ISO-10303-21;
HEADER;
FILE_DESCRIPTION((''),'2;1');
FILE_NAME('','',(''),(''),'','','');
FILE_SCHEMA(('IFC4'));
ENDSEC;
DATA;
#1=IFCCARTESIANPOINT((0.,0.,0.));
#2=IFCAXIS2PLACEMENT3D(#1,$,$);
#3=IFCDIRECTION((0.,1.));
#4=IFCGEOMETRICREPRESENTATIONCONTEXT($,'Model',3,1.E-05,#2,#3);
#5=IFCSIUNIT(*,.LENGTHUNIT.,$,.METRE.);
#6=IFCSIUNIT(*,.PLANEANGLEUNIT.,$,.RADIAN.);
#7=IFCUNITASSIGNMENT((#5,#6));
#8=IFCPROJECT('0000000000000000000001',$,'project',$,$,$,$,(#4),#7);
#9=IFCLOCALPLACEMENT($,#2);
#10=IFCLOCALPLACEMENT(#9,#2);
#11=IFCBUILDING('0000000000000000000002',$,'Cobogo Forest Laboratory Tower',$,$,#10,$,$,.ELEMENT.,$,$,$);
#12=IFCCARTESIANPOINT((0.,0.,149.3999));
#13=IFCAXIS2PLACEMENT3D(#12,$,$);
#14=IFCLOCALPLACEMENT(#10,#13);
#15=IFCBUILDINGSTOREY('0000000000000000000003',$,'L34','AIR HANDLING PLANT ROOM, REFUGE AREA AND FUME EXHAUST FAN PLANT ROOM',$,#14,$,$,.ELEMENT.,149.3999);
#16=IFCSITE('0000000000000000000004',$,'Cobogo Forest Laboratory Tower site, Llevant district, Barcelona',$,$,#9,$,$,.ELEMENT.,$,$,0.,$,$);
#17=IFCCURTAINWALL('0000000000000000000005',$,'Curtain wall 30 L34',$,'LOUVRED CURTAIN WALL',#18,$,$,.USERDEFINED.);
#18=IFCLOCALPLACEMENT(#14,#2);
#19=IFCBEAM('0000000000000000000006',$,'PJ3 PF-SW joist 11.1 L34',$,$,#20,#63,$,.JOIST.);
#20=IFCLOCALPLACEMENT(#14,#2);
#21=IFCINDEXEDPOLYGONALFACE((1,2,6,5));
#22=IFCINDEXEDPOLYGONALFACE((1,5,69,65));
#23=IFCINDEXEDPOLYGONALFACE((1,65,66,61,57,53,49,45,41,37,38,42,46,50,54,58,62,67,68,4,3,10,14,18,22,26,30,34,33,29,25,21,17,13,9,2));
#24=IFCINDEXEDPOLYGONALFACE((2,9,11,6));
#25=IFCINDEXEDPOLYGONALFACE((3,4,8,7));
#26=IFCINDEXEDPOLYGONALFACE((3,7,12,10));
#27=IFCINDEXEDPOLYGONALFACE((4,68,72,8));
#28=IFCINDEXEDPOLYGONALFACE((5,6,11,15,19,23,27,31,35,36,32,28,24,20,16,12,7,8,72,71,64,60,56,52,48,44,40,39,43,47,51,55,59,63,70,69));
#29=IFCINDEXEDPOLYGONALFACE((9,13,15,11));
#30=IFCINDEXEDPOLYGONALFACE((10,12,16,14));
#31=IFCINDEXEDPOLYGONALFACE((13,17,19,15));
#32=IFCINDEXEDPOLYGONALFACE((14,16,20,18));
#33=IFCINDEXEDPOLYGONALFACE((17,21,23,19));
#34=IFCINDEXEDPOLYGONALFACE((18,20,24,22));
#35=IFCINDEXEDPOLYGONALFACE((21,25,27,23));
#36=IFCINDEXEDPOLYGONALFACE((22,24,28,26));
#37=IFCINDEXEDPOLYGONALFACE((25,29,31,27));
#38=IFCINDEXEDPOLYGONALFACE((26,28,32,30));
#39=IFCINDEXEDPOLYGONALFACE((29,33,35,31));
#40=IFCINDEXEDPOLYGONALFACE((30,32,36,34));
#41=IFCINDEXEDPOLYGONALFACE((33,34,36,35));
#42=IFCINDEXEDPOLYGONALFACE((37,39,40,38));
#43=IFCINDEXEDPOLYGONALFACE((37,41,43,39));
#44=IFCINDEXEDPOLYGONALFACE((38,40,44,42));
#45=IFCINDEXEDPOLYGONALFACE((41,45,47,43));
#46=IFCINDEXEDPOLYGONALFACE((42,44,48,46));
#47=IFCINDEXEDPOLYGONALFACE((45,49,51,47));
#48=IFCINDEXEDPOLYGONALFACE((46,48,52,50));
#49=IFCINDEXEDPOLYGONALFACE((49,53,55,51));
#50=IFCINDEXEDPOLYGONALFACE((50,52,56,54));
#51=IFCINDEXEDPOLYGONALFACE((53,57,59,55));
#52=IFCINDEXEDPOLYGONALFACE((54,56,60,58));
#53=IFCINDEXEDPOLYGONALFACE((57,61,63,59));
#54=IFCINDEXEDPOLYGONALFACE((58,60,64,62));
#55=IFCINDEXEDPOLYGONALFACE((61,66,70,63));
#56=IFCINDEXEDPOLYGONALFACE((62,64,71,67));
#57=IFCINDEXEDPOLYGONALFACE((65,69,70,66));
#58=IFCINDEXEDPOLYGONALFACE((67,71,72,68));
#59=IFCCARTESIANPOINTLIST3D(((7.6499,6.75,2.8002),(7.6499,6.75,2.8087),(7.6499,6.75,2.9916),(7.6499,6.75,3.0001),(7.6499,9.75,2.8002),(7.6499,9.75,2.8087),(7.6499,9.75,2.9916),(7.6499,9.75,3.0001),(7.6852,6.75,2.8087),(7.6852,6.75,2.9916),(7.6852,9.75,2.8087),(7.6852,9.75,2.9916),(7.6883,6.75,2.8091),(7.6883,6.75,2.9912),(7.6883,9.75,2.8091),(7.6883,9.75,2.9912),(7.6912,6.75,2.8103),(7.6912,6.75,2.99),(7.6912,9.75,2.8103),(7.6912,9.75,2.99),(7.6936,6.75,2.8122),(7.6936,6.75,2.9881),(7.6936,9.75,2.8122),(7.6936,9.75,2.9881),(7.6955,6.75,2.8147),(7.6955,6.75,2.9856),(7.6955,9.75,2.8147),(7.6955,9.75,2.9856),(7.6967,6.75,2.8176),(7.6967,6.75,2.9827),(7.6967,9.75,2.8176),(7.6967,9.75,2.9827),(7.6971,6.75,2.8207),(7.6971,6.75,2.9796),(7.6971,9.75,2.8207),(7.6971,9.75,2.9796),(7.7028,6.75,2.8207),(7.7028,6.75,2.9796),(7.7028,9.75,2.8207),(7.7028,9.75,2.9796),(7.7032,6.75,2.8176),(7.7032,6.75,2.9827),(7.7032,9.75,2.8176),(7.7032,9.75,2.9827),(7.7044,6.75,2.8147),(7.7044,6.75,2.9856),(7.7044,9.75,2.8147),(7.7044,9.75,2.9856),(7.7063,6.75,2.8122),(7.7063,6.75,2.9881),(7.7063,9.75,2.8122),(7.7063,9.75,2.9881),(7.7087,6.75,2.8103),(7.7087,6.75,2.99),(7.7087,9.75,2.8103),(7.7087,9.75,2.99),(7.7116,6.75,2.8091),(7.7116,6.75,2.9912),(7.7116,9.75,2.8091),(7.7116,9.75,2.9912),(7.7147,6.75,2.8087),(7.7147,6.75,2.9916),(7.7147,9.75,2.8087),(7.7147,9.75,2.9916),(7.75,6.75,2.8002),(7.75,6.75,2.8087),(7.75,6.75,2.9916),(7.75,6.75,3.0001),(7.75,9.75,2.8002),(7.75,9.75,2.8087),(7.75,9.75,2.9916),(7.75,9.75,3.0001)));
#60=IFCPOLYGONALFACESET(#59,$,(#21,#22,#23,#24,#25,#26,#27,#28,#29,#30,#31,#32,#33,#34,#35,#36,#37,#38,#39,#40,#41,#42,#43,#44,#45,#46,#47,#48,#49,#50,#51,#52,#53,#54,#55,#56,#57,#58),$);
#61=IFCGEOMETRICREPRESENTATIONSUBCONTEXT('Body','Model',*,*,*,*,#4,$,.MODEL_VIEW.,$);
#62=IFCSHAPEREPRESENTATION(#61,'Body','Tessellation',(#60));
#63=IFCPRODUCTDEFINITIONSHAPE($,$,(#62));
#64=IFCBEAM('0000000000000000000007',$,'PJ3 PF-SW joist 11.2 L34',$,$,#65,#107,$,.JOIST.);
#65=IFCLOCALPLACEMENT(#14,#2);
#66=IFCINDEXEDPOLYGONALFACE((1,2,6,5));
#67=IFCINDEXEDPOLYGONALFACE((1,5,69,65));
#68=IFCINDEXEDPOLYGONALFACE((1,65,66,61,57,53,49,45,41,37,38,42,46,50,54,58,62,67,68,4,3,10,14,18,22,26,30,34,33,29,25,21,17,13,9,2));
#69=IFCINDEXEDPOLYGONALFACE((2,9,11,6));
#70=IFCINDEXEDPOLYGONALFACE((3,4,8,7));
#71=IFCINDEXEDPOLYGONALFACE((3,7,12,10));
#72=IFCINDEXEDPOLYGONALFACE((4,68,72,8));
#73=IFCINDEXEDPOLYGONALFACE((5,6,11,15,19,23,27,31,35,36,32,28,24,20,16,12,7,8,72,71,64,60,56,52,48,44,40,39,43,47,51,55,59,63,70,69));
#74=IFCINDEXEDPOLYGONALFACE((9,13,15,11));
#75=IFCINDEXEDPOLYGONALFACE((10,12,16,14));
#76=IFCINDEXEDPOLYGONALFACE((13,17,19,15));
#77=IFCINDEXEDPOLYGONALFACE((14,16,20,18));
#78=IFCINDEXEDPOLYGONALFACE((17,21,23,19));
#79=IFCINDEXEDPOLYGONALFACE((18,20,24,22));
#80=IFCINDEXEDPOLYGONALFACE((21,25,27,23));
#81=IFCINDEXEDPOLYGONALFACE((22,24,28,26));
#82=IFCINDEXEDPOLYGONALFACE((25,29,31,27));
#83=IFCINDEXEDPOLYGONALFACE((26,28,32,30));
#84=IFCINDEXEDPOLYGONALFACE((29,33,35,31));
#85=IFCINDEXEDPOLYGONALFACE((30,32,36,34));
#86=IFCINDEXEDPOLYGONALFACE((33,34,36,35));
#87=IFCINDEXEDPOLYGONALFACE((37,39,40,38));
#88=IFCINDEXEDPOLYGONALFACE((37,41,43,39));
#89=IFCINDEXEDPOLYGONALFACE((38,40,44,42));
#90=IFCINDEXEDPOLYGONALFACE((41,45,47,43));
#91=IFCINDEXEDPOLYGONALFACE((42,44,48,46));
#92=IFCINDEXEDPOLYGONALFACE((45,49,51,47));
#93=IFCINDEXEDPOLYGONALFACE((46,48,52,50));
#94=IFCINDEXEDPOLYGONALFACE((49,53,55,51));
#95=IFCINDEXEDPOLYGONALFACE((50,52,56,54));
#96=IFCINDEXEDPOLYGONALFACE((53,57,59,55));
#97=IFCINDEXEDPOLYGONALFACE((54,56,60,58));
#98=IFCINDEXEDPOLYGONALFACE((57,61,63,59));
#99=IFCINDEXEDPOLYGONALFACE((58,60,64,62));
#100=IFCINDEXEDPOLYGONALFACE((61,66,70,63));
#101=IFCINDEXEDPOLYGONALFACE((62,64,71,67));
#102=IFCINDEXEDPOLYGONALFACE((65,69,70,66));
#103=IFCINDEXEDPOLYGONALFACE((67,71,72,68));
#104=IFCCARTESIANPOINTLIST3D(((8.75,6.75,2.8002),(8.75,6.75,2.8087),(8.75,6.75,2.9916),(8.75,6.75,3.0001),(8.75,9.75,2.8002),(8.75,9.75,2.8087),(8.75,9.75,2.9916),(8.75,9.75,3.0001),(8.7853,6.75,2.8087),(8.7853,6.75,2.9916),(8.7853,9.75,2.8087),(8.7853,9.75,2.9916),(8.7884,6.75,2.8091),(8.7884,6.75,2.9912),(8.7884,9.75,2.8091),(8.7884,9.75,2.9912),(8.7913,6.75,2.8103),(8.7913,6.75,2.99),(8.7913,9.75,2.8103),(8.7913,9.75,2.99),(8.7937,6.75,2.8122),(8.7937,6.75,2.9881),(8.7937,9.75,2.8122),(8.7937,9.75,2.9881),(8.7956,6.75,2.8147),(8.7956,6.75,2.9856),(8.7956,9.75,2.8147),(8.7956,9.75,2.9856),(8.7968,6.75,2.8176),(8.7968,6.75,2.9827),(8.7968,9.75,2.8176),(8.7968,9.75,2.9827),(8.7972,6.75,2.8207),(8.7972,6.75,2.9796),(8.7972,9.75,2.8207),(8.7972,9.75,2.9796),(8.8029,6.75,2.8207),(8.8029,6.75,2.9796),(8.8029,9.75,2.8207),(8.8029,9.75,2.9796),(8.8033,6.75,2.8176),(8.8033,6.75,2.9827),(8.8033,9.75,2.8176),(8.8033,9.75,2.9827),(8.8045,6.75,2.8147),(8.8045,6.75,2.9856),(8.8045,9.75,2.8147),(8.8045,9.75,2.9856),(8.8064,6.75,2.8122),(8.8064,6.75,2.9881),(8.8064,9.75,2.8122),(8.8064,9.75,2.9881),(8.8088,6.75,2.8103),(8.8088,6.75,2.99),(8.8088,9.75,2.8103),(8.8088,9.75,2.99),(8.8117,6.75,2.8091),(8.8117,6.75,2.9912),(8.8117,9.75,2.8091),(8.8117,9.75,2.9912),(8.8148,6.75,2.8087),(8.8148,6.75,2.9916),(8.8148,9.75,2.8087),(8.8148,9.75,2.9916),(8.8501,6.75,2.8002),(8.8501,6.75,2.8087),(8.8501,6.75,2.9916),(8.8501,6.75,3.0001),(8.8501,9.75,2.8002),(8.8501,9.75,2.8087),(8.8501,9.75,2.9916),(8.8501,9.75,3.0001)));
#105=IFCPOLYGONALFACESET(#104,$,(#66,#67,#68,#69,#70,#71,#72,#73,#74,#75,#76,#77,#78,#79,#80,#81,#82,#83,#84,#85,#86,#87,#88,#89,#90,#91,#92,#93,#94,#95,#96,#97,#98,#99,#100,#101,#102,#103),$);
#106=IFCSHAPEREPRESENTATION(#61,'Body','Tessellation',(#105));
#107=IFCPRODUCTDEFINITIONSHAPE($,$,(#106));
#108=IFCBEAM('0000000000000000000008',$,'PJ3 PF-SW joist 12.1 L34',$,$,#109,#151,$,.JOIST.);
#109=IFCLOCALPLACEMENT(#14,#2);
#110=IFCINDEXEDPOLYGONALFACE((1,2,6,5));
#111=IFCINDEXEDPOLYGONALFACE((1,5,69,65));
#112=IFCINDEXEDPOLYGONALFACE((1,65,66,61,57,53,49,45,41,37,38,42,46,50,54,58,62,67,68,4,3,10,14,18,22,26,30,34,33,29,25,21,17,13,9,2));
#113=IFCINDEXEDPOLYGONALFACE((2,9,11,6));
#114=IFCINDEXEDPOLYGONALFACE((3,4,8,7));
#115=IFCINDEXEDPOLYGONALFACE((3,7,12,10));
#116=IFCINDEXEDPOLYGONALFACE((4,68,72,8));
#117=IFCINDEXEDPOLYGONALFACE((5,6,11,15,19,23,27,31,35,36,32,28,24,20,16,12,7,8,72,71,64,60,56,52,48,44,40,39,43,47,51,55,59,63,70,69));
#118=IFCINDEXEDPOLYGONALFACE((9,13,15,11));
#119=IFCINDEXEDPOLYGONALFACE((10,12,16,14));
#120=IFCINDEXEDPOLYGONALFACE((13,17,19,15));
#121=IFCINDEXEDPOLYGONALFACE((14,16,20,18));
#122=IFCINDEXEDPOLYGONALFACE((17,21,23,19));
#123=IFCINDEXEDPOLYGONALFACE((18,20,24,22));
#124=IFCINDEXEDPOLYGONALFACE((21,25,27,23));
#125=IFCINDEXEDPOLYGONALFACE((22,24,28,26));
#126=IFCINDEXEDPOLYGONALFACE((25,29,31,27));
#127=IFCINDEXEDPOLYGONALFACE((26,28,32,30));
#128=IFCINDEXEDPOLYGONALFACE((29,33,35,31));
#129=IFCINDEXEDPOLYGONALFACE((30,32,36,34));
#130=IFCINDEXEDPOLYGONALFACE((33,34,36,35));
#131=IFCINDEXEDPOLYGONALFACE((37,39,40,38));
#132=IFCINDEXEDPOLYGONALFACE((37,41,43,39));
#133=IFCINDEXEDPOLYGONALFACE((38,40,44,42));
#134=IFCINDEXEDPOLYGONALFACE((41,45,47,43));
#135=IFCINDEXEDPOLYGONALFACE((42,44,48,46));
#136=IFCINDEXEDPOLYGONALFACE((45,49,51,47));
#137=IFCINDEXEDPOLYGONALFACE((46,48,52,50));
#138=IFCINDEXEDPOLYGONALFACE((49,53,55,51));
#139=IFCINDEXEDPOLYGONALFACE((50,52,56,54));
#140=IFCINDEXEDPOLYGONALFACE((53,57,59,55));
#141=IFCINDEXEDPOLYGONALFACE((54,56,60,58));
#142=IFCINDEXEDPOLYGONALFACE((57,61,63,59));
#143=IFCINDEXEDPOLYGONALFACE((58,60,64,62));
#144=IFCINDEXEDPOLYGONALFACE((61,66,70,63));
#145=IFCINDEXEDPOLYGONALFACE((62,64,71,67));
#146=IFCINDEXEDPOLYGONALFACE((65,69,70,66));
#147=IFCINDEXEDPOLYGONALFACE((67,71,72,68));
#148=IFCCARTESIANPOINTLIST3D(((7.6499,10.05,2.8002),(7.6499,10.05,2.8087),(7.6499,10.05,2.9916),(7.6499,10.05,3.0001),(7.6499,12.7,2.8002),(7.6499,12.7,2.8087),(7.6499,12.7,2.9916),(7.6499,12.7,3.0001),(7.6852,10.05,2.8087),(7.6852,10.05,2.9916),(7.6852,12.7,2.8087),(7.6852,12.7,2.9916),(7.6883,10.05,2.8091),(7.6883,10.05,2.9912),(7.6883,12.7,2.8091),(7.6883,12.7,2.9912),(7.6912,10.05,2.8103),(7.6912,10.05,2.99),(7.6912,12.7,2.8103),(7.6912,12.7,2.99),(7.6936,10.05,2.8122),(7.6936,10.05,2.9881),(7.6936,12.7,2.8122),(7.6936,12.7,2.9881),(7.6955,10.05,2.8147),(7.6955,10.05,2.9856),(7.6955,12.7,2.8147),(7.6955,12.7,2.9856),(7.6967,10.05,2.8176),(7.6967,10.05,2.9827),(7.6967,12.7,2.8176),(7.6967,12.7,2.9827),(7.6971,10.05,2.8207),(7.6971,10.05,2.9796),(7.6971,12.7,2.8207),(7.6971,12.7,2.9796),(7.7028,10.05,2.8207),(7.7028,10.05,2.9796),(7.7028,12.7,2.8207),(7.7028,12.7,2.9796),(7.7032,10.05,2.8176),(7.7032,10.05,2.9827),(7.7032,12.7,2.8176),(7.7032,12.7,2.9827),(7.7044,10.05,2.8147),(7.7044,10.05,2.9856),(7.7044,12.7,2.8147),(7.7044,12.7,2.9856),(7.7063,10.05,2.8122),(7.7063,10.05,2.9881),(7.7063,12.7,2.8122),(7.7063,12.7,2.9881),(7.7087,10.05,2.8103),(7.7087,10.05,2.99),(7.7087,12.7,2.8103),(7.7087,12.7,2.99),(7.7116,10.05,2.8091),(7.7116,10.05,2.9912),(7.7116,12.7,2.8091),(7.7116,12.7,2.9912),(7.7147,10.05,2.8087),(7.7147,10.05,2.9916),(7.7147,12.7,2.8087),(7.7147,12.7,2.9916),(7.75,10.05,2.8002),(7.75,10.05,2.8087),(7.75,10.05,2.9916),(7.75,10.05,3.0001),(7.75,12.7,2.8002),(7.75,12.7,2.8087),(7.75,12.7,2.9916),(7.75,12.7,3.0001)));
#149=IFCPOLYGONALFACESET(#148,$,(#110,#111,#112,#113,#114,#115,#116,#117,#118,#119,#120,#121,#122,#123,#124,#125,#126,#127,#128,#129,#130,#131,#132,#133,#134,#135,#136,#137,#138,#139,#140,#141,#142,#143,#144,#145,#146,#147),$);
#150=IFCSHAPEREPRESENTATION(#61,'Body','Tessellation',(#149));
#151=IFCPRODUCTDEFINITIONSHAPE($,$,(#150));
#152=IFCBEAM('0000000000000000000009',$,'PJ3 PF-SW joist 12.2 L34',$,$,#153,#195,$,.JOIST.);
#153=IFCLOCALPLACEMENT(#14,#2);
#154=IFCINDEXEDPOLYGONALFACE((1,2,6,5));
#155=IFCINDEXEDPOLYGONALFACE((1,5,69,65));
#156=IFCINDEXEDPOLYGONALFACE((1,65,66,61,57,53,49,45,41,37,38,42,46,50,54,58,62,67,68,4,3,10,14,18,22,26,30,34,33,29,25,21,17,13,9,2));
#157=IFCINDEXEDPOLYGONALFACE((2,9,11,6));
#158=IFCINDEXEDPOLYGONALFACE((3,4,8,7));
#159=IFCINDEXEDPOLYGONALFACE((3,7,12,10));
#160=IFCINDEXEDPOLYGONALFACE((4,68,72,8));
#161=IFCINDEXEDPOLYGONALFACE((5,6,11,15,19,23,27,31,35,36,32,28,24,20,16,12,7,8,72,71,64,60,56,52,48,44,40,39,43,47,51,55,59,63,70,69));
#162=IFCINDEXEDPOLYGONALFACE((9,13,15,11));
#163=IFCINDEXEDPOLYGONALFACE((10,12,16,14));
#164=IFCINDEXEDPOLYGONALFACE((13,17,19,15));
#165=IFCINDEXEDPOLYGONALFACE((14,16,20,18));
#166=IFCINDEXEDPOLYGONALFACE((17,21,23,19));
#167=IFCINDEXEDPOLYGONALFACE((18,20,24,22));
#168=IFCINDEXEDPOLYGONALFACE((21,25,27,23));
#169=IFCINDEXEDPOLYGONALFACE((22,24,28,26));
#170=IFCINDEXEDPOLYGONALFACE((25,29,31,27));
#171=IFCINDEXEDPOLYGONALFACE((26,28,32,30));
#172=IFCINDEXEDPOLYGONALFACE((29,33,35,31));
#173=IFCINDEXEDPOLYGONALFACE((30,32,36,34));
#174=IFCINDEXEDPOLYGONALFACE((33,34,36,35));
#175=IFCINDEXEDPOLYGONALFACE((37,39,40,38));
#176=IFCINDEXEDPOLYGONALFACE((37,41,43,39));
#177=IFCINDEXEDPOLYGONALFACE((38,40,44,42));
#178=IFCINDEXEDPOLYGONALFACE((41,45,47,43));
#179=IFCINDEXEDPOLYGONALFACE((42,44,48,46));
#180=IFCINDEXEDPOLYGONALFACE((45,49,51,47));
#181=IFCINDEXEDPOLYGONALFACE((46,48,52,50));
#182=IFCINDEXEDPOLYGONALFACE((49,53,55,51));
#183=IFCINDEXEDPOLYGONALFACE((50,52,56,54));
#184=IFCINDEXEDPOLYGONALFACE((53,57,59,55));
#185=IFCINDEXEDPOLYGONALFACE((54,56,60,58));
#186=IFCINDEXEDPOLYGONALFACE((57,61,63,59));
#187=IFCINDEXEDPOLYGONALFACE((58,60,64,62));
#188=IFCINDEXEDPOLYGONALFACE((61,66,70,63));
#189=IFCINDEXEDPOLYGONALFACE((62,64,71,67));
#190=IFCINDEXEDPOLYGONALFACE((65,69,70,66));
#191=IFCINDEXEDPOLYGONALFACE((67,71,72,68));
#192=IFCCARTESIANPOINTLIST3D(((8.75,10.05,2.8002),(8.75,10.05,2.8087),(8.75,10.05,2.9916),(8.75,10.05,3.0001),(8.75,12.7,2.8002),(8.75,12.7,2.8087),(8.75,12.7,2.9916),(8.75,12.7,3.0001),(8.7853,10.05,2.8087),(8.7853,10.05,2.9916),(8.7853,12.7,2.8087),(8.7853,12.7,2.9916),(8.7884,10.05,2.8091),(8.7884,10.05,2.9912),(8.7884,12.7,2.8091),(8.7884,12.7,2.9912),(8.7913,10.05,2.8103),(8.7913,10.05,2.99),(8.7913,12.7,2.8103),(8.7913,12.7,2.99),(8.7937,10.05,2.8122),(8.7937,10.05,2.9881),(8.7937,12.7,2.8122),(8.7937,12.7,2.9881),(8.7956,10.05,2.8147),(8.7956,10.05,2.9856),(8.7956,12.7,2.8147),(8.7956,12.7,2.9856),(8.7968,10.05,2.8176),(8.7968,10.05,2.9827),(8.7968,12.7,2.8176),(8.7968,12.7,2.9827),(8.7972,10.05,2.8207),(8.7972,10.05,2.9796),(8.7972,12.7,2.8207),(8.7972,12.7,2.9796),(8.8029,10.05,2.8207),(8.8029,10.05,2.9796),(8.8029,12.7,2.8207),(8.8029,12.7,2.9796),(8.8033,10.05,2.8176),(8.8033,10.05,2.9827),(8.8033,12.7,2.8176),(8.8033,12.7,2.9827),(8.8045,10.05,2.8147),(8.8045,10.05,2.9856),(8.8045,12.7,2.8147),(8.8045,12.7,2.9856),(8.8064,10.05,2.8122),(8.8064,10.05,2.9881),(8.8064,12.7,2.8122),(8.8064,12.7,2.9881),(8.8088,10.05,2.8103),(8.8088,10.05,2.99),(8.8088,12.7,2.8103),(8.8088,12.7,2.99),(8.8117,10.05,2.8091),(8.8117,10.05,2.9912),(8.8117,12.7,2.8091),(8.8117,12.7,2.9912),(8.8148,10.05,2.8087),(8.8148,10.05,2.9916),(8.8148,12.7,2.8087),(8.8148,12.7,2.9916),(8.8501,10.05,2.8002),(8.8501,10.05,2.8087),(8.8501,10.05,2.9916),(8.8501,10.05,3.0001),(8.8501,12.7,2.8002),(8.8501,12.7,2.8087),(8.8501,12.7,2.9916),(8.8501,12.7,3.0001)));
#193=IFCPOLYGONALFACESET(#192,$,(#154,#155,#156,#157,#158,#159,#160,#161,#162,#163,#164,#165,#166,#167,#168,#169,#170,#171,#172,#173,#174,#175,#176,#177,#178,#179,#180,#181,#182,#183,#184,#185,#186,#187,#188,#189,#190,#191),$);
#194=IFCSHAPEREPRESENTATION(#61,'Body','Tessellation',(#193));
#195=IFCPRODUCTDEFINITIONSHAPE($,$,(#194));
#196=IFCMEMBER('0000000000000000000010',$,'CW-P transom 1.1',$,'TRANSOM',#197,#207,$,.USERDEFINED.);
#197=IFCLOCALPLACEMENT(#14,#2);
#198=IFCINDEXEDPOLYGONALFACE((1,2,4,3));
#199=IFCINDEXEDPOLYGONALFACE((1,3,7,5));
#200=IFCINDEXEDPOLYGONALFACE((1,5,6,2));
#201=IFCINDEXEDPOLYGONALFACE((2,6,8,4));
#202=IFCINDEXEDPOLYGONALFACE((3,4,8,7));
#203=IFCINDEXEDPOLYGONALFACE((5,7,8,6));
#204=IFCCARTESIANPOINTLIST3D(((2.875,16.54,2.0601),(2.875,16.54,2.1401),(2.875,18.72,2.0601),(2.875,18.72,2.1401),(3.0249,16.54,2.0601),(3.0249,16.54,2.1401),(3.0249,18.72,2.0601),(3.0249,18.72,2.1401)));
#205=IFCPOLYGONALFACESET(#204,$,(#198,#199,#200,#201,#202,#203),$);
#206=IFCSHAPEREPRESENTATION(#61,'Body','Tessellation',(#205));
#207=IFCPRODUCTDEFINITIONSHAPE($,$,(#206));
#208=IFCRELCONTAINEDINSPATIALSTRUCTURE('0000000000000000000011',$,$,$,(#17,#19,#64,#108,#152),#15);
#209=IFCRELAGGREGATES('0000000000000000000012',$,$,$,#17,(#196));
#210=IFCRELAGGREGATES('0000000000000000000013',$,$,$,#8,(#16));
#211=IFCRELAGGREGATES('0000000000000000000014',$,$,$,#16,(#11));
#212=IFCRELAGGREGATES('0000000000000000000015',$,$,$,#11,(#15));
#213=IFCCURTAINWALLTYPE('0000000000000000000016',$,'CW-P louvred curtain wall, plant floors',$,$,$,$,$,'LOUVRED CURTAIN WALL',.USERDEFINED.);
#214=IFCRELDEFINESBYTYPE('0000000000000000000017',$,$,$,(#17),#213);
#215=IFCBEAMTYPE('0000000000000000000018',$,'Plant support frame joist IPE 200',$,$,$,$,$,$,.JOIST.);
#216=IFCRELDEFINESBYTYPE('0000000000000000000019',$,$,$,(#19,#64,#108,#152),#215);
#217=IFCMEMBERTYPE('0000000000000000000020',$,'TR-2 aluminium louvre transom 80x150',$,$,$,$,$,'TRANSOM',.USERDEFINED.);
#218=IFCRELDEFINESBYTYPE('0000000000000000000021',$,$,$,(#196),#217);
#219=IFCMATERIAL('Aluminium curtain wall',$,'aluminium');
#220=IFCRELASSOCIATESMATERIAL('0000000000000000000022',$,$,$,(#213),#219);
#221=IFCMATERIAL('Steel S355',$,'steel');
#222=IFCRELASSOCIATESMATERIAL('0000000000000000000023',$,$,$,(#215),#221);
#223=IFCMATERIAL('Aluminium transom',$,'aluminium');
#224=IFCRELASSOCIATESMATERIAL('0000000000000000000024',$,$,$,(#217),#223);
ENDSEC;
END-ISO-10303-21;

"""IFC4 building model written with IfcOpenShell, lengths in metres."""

from ifc_helpers import new_model, si_unit, direction, frame, origin, origin_2d, place, context, subcontext, project, spatial, rectangle, i_section, extrude, material, material_profile, profile_set, type_object, element, aggregate, save


model = new_model("IFC4")

# Units and contexts
model_context = context("Model", 3, precision=1e-05, world=origin(), true_north=direction((0.0, 1.0)))
body_context = subcontext(model_context, "Body", "Model", "MODEL_VIEW")
ifc_project = project(units=[si_unit("LENGTHUNIT", "METRE"), si_unit("PLANEANGLEUNIT", "RADIAN")], contexts=[model_context])

# Site, building, storey
site_placement = place(None, origin())
site = spatial("IfcSite", under=ifc_project, at=site_placement, Name="Cobogo Forest Laboratory Tower site, Llevant district, Barcelona", CompositionType="ELEMENT", RefElevation=0.0)
building_placement = place(site_placement, origin())
building = spatial("IfcBuilding", under=site, at=building_placement, Name="Cobogo Forest Laboratory Tower", CompositionType="ELEMENT")
storey_placement = place(building_placement, frame((0.0, 0.0, 149.3999)))
storey = spatial("IfcBuildingStorey", under=building, at=storey_placement, Name="L34", Description="AIR HANDLING PLANT ROOM, REFUGE AREA AND FUME EXHAUST FAN PLANT ROOM", CompositionType="ELEMENT", Elevation=149.3999)

# Curtain wall
ifc_material_1 = material(Name="Aluminium curtain wall", Category="aluminium")
curtain_wall_type = type_object("IfcCurtainWallType", Name="CW-P louvred curtain wall, plant floors", ElementType="LOUVRED CURTAIN WALL", PredefinedType="USERDEFINED", material=ifc_material_1)
curtain_wall_1_placement = place(storey_placement, origin())
curtain_wall_1 = element("IfcCurtainWall", 1, at=curtain_wall_1_placement, inside=storey, type_object=curtain_wall_type, Name="Curtain wall 30 L34", ObjectType="LOUVRED CURTAIN WALL", PredefinedType="USERDEFINED")

# Shared definitions
ifc_material_2 = material(Name="Steel S355", Category="steel")

# Beams
ifc_material_profile_1 = material_profile(ifc_material_2, i_section(OverallWidth=0.1001, OverallDepth=0.2, WebThickness=0.0056, FlangeThickness=0.0085, FilletRadius=0.012, at=origin_2d()), Name="IPE 200")
ifc_profile_set_1 = profile_set([ifc_material_profile_1], Name="Steel S355")
beam_type_1 = type_object("IfcBeamType", Name="Plant support frame joist IPE 200", PredefinedType="JOIST", material=ifc_profile_set_1)
for number, where, z_axis, x_axis, name in (
    (2, (7.7, 6.75, 2.9001), (0.0, 1.0, 0.0), (-1.0, 0.0, 0.0), "PJ3 PF-SW joist 11.1 L34"),
    (3, (8.8, 6.75, 2.9001), (0.0, 1.0, 0.0), (-1.0, 0.0, 0.0), "PJ3 PF-SW joist 11.2 L34"),
):
    element("IfcBeam", number, at=place(storey_placement, frame(where, z_axis=z_axis, x_axis=x_axis)), inside=storey, type_object=beam_type_1, Name=name, PredefinedType="JOIST", context=body_context, shape_type="SweptSolid", body=[
        extrude(i_section(OverallWidth=0.1001, OverallDepth=0.2, WebThickness=0.0056, FlangeThickness=0.0085, FilletRadius=0.012, at=origin_2d()), origin(), (0.0, 0.0, 1.0), 3.0),
    ])
for number, where, z_axis, x_axis, name in (
    (4, (7.7, 10.05, 2.9001), (0.0, 1.0, 0.0), (-1.0, 0.0, 0.0), "PJ3 PF-SW joist 12.1 L34"),
    (5, (8.8, 10.05, 2.9001), (0.0, 1.0, 0.0), (-1.0, 0.0, 0.0), "PJ3 PF-SW joist 12.2 L34"),
):
    element("IfcBeam", number, at=place(storey_placement, frame(where, z_axis=z_axis, x_axis=x_axis)), inside=storey, type_object=beam_type_1, Name=name, PredefinedType="JOIST", context=body_context, shape_type="SweptSolid", body=[
        extrude(i_section(OverallWidth=0.1001, OverallDepth=0.2, WebThickness=0.0056, FlangeThickness=0.0085, FilletRadius=0.012, at=origin_2d()), origin(), (0.0, 0.0, 1.0), 2.6499),
    ])

# Member
ifc_material_3 = material(Name="Aluminium transom", Category="aluminium")
ifc_material_profile_2 = material_profile(ifc_material_3, rectangle(XDim=0.1499, YDim=0.0801, at=origin_2d()), Name="AL 80x150")
ifc_profile_set_2 = profile_set([ifc_material_profile_2], Name="Aluminium transom")
member_type_1 = type_object("IfcMemberType", Name="TR-2 aluminium louvre transom 80x150", ElementType="TRANSOM", PredefinedType="USERDEFINED", material=ifc_profile_set_2)
member_1_placement = place(storey_placement, frame((2.95, 18.72, 2.1001), z_axis=(0.0, -1.0, 0.0), x_axis=(1.0, 0.0, 0.0)))
member_1 = element("IfcMember", 6, at=member_1_placement, type_object=member_type_1, Name="CW-P transom 1.1", ObjectType="TRANSOM", PredefinedType="USERDEFINED", context=body_context, shape_type="SweptSolid", body=[
    extrude(rectangle(XDim=0.1499, YDim=0.0801, at=origin_2d()), origin(), (0.0, 0.0, 1.0), 2.1799),
])

aggregate(curtain_wall_1, [member_1])

save(model, "model.ifc")
